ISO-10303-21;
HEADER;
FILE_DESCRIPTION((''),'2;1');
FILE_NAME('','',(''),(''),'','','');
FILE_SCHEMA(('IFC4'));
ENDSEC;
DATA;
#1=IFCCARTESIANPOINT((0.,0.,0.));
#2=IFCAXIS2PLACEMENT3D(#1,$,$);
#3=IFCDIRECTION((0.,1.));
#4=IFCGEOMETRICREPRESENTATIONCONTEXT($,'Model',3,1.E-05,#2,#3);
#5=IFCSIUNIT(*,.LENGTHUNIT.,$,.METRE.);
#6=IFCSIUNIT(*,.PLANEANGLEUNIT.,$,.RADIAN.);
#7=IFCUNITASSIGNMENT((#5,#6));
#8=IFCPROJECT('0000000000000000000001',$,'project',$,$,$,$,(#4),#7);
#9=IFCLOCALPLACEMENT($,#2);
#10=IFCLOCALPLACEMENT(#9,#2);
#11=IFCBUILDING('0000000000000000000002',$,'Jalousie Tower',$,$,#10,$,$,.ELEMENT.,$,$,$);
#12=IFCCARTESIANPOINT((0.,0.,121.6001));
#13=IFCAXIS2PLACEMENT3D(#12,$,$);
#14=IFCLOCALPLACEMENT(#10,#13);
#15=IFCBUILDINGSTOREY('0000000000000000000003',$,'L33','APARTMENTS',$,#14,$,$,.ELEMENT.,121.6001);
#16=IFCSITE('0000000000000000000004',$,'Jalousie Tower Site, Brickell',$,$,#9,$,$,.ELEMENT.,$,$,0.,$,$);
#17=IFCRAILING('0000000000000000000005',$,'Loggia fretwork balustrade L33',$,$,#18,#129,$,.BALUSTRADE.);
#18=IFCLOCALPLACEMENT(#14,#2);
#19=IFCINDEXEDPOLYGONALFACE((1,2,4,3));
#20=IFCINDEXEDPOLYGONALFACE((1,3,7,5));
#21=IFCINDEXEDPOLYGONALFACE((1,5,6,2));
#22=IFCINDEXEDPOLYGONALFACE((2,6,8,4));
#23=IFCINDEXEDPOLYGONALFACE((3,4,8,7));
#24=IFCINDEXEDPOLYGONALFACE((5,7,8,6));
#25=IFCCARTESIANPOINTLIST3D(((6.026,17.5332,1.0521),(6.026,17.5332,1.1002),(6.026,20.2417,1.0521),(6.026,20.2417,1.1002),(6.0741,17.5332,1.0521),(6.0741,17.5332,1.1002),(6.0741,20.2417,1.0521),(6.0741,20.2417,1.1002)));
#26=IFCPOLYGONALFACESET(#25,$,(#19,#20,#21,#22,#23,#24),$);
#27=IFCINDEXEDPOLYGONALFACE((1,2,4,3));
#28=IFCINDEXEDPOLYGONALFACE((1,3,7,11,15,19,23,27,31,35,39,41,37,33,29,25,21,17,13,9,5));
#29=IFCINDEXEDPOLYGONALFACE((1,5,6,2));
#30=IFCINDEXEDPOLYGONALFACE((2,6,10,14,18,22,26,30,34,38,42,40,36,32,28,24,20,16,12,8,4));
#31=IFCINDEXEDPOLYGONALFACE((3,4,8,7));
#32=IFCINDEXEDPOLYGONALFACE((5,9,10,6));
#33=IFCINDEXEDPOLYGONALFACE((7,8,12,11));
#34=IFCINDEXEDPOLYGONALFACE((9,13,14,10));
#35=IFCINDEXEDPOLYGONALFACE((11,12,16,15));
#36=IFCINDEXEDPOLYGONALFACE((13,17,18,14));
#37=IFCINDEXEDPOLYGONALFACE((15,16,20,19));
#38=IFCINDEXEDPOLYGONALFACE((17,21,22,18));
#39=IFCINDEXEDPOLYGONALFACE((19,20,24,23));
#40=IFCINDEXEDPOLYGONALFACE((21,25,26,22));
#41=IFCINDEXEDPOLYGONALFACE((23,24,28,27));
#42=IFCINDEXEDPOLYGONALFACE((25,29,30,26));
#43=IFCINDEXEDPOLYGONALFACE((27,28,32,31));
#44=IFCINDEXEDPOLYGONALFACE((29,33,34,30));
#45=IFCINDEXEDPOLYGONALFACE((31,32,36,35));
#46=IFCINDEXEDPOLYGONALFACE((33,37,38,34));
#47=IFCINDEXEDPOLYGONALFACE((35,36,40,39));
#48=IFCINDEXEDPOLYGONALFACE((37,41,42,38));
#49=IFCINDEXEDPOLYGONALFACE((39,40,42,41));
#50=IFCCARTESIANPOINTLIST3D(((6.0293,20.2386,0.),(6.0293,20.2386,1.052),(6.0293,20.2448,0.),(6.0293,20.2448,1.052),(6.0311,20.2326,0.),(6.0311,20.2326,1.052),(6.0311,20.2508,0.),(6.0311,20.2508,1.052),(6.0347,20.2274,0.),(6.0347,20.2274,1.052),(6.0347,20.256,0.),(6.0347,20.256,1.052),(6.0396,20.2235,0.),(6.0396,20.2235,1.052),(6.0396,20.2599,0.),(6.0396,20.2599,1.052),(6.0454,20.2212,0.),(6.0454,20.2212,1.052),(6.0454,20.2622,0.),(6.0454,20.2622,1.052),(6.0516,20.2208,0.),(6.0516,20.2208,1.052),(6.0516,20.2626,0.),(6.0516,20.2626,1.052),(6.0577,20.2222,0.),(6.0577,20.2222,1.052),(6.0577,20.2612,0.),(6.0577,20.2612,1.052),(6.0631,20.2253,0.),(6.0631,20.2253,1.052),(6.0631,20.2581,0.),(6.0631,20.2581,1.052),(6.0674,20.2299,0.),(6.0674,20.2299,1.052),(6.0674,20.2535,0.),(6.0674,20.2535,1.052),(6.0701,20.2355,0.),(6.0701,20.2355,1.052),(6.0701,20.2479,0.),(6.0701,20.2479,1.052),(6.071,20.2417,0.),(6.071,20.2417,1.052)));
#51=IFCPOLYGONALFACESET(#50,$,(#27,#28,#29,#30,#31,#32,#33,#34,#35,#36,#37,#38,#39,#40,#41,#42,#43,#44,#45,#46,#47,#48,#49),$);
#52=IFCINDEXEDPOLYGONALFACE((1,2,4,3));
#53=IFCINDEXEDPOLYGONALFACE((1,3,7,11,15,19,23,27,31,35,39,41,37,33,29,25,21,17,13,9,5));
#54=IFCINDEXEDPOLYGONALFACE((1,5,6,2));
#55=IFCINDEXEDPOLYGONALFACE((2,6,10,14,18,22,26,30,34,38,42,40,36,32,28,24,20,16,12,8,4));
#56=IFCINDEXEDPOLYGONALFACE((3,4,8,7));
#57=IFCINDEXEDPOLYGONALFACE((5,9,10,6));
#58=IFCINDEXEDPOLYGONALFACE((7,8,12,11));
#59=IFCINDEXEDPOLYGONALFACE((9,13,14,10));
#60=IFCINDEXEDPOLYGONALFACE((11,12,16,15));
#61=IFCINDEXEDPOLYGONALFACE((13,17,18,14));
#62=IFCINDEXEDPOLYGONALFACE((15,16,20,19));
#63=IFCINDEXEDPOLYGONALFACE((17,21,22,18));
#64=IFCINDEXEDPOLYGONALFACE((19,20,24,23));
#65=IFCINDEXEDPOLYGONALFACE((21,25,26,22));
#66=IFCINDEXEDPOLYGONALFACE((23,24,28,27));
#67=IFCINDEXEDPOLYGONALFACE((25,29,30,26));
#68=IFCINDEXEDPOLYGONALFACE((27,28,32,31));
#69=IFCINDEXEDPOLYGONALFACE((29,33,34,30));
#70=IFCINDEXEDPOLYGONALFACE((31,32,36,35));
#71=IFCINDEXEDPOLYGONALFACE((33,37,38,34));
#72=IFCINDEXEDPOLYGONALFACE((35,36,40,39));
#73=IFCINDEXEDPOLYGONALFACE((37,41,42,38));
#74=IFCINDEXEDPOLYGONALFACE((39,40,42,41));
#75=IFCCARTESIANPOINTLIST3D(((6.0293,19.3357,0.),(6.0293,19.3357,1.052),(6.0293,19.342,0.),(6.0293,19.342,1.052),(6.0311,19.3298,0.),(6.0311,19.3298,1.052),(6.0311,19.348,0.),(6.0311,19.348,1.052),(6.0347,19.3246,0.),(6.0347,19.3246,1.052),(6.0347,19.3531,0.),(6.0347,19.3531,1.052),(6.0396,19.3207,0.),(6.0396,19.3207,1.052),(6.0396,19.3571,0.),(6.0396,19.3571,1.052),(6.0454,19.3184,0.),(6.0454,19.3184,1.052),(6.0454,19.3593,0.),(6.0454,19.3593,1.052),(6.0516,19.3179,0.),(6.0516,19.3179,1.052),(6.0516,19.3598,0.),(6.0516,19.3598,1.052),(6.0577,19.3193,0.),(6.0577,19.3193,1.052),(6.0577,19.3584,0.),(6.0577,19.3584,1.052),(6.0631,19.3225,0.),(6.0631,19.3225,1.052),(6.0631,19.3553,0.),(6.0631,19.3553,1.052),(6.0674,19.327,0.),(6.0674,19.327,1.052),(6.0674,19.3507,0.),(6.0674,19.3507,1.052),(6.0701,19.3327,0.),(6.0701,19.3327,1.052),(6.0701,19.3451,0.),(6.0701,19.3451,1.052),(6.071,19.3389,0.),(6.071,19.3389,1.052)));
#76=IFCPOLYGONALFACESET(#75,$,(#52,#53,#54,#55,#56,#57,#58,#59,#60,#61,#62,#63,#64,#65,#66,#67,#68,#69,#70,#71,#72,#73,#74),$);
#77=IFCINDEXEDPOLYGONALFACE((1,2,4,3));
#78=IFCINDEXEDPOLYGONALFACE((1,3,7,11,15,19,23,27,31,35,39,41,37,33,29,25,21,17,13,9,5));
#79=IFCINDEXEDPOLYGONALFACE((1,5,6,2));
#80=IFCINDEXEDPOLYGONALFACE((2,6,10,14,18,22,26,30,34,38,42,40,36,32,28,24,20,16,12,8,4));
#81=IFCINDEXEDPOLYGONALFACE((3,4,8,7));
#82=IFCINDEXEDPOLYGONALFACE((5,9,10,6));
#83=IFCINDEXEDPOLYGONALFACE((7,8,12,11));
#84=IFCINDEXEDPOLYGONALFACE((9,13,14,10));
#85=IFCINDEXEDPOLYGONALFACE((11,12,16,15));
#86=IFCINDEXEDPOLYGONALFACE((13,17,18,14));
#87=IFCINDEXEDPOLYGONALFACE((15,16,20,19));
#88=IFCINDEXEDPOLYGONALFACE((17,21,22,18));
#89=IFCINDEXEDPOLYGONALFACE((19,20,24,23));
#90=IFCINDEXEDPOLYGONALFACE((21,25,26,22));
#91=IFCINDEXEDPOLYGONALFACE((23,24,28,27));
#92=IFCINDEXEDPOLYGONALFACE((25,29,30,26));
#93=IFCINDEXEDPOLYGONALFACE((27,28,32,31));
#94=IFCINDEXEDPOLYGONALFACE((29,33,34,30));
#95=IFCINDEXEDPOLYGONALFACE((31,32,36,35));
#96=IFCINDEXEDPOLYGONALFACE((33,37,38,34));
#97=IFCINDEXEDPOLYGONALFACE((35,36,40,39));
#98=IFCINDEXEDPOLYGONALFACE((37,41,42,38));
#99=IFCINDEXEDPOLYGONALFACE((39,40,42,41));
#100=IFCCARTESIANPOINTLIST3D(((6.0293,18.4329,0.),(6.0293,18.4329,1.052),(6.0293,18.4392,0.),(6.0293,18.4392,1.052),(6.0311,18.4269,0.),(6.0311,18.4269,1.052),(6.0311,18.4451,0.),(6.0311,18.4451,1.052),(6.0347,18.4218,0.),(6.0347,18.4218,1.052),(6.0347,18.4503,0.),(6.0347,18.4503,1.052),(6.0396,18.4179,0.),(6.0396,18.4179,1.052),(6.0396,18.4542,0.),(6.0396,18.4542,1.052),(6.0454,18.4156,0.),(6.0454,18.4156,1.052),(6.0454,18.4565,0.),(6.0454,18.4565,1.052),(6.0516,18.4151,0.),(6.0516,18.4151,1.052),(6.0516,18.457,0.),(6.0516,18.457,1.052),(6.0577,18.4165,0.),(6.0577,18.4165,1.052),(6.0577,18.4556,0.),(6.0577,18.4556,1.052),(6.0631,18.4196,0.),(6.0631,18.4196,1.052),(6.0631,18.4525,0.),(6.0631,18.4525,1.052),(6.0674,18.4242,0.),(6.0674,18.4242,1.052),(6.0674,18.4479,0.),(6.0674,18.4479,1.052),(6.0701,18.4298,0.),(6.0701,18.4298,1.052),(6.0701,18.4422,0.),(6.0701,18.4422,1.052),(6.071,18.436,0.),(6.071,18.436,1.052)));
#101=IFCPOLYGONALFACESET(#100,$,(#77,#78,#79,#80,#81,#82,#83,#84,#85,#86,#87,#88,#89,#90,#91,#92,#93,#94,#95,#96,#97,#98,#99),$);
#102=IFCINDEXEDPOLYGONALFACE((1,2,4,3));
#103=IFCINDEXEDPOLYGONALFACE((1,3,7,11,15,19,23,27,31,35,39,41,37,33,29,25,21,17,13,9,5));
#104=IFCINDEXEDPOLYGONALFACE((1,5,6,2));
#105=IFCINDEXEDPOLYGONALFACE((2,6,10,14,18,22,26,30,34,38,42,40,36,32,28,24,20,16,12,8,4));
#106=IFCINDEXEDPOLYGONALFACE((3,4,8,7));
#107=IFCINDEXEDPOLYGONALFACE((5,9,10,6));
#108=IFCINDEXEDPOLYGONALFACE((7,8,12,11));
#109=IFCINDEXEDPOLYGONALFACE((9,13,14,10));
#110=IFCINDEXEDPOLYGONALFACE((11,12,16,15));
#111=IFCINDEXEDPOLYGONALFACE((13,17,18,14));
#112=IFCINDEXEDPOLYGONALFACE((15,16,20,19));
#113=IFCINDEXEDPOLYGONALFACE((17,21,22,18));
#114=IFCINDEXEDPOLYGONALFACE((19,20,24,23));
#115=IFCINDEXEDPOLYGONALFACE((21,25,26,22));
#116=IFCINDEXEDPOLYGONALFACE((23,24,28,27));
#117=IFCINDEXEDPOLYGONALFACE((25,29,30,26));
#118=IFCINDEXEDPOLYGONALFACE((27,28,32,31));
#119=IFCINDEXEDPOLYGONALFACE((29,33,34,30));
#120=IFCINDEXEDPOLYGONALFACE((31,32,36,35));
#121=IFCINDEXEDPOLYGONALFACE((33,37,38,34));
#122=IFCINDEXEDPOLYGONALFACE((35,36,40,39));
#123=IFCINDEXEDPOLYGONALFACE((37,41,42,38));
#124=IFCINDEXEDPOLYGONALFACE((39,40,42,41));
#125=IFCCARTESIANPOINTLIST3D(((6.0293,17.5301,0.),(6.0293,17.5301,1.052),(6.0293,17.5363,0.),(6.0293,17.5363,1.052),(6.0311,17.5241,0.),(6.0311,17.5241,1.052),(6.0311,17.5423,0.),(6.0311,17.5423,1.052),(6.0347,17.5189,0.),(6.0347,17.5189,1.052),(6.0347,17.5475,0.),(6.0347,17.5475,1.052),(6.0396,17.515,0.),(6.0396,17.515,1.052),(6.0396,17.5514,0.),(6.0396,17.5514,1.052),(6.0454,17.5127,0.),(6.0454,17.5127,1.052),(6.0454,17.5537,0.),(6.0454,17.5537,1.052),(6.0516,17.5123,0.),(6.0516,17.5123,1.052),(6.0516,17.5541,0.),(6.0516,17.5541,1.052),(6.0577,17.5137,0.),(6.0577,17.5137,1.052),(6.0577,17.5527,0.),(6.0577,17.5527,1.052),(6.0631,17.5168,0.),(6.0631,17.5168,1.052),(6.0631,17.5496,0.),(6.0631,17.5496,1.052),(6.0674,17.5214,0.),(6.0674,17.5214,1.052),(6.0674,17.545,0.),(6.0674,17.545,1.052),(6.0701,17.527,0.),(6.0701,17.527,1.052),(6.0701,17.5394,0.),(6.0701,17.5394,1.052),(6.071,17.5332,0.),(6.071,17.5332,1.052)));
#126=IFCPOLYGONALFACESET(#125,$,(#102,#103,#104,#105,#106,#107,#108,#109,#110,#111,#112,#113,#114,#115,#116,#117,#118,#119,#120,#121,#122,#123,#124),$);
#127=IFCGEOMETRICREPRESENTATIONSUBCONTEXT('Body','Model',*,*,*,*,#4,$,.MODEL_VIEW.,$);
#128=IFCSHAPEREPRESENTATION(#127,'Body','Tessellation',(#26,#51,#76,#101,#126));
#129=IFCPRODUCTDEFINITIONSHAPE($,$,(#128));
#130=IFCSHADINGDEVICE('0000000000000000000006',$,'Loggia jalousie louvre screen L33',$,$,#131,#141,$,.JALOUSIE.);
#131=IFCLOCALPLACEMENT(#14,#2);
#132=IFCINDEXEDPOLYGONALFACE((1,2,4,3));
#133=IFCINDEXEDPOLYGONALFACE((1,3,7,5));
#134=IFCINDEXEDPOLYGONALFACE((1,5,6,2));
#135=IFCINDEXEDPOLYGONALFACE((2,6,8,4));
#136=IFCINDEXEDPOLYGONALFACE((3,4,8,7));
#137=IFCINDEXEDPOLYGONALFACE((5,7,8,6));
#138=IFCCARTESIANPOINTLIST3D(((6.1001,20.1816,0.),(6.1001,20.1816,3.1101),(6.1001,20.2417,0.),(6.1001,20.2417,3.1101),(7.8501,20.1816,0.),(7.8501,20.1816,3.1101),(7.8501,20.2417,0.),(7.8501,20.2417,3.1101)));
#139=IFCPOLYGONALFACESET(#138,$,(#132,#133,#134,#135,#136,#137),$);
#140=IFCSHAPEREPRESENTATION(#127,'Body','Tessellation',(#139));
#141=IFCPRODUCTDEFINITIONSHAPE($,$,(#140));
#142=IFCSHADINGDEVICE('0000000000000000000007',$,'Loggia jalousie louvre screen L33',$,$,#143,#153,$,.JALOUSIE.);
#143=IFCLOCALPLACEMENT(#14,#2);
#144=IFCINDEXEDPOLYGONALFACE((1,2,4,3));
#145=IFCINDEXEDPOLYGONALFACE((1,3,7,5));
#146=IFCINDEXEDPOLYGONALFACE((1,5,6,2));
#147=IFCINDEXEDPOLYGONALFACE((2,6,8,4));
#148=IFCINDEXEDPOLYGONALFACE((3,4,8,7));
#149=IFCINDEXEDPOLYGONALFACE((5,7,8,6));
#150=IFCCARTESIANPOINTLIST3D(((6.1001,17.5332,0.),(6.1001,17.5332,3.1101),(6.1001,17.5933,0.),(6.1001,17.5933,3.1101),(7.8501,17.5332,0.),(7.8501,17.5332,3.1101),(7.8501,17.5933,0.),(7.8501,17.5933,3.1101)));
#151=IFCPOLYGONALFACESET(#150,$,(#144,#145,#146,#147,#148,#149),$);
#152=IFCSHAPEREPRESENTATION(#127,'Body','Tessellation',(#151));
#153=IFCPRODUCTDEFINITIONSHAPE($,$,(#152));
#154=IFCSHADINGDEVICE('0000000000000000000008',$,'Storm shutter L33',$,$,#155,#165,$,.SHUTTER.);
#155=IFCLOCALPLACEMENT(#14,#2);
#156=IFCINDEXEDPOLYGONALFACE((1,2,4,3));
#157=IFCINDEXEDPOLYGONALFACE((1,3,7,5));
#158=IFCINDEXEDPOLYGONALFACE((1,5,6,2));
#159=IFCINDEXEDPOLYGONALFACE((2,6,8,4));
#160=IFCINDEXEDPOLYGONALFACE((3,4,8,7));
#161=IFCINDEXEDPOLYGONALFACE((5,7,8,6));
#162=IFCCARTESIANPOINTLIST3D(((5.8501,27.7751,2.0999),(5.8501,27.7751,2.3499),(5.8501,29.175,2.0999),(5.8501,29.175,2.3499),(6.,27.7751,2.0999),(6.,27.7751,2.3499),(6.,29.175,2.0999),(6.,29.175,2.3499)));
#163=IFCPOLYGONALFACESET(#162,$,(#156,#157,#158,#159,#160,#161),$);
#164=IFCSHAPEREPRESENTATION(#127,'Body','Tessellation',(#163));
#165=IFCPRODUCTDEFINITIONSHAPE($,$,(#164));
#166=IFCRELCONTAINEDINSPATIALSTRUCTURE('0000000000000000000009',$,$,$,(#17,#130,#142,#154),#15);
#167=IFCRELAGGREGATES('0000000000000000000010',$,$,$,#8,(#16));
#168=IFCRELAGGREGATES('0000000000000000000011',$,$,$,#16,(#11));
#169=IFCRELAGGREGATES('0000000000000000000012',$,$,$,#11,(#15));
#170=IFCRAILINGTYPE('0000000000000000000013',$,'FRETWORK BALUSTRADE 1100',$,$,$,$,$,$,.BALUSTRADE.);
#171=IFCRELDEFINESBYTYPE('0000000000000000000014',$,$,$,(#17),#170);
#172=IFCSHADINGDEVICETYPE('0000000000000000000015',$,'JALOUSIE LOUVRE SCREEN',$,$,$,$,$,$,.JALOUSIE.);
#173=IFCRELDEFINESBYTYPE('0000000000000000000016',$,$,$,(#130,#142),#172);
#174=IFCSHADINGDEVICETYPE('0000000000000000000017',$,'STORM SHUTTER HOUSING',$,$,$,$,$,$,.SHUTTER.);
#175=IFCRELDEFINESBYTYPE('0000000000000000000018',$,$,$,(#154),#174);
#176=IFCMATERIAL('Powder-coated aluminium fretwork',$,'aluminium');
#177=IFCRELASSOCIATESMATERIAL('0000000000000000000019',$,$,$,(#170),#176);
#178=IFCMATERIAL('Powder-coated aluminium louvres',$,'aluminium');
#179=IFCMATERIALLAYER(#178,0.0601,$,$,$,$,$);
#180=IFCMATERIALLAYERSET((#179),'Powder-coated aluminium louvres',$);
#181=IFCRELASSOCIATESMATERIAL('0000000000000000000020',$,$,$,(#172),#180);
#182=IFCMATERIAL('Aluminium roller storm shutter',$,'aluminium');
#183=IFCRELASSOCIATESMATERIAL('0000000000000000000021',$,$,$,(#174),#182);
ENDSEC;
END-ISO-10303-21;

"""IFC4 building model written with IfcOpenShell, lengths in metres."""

from ifc_helpers import new_model, si_unit, direction, frame, origin, origin_2d, place, context, subcontext, project, spatial, rectangle, circle, extrude, material, layer, layer_set, type_object, element, save


model = new_model("IFC4")

# Units and contexts
model_context = context("Model", 3, precision=1e-05, world=origin(), true_north=direction((0.0, 1.0)))
body_context = subcontext(model_context, "Body", "Model", "MODEL_VIEW")
ifc_project = project(units=[si_unit("LENGTHUNIT", "METRE"), si_unit("PLANEANGLEUNIT", "RADIAN")], contexts=[model_context])

# Site, building, storey
site_placement = place(None, origin())
site = spatial("IfcSite", under=ifc_project, at=site_placement, Name="Jalousie Tower Site, Brickell", CompositionType="ELEMENT", RefElevation=0.0)
building_placement = place(site_placement, origin())
building = spatial("IfcBuilding", under=site, at=building_placement, Name="Jalousie Tower", CompositionType="ELEMENT")
storey_placement = place(building_placement, frame((0.0, 0.0, 121.6001)))
storey = spatial("IfcBuildingStorey", under=building, at=storey_placement, Name="L33", Description="APARTMENTS", CompositionType="ELEMENT", Elevation=121.6001)

# Railing
ifc_material_1 = material(Name="Powder-coated aluminium fretwork", Category="aluminium")
railing_type = type_object("IfcRailingType", Name="FRETWORK BALUSTRADE 1100", PredefinedType="BALUSTRADE", material=ifc_material_1)
railing_placement = place(storey_placement, frame((6.05, 20.2417, 0.0)))
element("IfcRailing", 1, at=railing_placement, inside=storey, type_object=railing_type, Name="Loggia fretwork balustrade L33", PredefinedType="BALUSTRADE", context=body_context, shape_type="SweptSolid", body=[
    extrude(rectangle(XDim=0.0481, YDim=0.0481, at=origin_2d()), frame((0.0, 0.0, 1.0762), z_axis=(0.0, -1.0, 0.0), x_axis=(1.0, 0.0, 0.0)), (0.0, 0.0, 1.0), 2.7085),
    extrude(circle(Radius=0.021, at=origin_2d()), origin(), (0.0, 0.0, 1.0), 1.052),
    extrude(circle(Radius=0.021, at=origin_2d()), frame((0.0, -0.9028, 0.0)), (0.0, 0.0, 1.0), 1.052),
    extrude(circle(Radius=0.021, at=origin_2d()), frame((0.0, -1.8057, 0.0)), (0.0, 0.0, 1.0), 1.052),
    extrude(circle(Radius=0.021, at=origin_2d()), frame((0.0, -2.7085, 0.0)), (0.0, 0.0, 1.0), 1.052),
])

# Shading devices
ifc_material_2 = material(Name="Powder-coated aluminium louvres", Category="aluminium")
ifc_layer_1 = layer(ifc_material_2, 0.0601)
ifc_layer_set_1 = layer_set([ifc_layer_1], Name="Powder-coated aluminium louvres")
shading_device_type_1 = type_object("IfcShadingDeviceType", Name="JALOUSIE LOUVRE SCREEN", PredefinedType="JALOUSIE", material=ifc_layer_set_1)
for number, where, z_axis, x_axis, name in (
    (2, (6.9751, 20.2117, 0.0), (0.0, 0.0, 1.0), (0.0, -1.0, 0.0), "Loggia jalousie louvre screen L33"),
    (3, (6.9751, 17.5632, 0.0), (0.0, 0.0, 1.0), (0.0, -1.0, 0.0), "Loggia jalousie louvre screen L33"),
):
    element("IfcShadingDevice", number, at=place(storey_placement, frame(where, z_axis=z_axis, x_axis=x_axis)), inside=storey, type_object=shading_device_type_1, Name=name, PredefinedType="JALOUSIE", context=body_context, shape_type="SweptSolid", body=[
        extrude(rectangle(XDim=0.0601, YDim=1.75, at=origin_2d()), origin(), (0.0, 0.0, 1.0), 3.1101),
    ])
ifc_material_3 = material(Name="Aluminium roller storm shutter", Category="aluminium")
shading_device_type_2 = type_object("IfcShadingDeviceType", Name="STORM SHUTTER HOUSING", PredefinedType="SHUTTER", material=ifc_material_3)
shading_device_placement = place(storey_placement, frame((5.925, 28.4751, 2.0999), z_axis=(0.0, 0.0, 1.0), x_axis=(0.0, -1.0, 0.0)))
element("IfcShadingDevice", 4, at=shading_device_placement, inside=storey, type_object=shading_device_type_2, Name="Storm shutter L33", PredefinedType="SHUTTER", context=body_context, shape_type="SweptSolid", body=[
    extrude(rectangle(XDim=1.3999, YDim=0.1499, at=origin_2d()), origin(), (0.0, 0.0, 1.0), 0.25),
])

save(model, "model.ifc")
